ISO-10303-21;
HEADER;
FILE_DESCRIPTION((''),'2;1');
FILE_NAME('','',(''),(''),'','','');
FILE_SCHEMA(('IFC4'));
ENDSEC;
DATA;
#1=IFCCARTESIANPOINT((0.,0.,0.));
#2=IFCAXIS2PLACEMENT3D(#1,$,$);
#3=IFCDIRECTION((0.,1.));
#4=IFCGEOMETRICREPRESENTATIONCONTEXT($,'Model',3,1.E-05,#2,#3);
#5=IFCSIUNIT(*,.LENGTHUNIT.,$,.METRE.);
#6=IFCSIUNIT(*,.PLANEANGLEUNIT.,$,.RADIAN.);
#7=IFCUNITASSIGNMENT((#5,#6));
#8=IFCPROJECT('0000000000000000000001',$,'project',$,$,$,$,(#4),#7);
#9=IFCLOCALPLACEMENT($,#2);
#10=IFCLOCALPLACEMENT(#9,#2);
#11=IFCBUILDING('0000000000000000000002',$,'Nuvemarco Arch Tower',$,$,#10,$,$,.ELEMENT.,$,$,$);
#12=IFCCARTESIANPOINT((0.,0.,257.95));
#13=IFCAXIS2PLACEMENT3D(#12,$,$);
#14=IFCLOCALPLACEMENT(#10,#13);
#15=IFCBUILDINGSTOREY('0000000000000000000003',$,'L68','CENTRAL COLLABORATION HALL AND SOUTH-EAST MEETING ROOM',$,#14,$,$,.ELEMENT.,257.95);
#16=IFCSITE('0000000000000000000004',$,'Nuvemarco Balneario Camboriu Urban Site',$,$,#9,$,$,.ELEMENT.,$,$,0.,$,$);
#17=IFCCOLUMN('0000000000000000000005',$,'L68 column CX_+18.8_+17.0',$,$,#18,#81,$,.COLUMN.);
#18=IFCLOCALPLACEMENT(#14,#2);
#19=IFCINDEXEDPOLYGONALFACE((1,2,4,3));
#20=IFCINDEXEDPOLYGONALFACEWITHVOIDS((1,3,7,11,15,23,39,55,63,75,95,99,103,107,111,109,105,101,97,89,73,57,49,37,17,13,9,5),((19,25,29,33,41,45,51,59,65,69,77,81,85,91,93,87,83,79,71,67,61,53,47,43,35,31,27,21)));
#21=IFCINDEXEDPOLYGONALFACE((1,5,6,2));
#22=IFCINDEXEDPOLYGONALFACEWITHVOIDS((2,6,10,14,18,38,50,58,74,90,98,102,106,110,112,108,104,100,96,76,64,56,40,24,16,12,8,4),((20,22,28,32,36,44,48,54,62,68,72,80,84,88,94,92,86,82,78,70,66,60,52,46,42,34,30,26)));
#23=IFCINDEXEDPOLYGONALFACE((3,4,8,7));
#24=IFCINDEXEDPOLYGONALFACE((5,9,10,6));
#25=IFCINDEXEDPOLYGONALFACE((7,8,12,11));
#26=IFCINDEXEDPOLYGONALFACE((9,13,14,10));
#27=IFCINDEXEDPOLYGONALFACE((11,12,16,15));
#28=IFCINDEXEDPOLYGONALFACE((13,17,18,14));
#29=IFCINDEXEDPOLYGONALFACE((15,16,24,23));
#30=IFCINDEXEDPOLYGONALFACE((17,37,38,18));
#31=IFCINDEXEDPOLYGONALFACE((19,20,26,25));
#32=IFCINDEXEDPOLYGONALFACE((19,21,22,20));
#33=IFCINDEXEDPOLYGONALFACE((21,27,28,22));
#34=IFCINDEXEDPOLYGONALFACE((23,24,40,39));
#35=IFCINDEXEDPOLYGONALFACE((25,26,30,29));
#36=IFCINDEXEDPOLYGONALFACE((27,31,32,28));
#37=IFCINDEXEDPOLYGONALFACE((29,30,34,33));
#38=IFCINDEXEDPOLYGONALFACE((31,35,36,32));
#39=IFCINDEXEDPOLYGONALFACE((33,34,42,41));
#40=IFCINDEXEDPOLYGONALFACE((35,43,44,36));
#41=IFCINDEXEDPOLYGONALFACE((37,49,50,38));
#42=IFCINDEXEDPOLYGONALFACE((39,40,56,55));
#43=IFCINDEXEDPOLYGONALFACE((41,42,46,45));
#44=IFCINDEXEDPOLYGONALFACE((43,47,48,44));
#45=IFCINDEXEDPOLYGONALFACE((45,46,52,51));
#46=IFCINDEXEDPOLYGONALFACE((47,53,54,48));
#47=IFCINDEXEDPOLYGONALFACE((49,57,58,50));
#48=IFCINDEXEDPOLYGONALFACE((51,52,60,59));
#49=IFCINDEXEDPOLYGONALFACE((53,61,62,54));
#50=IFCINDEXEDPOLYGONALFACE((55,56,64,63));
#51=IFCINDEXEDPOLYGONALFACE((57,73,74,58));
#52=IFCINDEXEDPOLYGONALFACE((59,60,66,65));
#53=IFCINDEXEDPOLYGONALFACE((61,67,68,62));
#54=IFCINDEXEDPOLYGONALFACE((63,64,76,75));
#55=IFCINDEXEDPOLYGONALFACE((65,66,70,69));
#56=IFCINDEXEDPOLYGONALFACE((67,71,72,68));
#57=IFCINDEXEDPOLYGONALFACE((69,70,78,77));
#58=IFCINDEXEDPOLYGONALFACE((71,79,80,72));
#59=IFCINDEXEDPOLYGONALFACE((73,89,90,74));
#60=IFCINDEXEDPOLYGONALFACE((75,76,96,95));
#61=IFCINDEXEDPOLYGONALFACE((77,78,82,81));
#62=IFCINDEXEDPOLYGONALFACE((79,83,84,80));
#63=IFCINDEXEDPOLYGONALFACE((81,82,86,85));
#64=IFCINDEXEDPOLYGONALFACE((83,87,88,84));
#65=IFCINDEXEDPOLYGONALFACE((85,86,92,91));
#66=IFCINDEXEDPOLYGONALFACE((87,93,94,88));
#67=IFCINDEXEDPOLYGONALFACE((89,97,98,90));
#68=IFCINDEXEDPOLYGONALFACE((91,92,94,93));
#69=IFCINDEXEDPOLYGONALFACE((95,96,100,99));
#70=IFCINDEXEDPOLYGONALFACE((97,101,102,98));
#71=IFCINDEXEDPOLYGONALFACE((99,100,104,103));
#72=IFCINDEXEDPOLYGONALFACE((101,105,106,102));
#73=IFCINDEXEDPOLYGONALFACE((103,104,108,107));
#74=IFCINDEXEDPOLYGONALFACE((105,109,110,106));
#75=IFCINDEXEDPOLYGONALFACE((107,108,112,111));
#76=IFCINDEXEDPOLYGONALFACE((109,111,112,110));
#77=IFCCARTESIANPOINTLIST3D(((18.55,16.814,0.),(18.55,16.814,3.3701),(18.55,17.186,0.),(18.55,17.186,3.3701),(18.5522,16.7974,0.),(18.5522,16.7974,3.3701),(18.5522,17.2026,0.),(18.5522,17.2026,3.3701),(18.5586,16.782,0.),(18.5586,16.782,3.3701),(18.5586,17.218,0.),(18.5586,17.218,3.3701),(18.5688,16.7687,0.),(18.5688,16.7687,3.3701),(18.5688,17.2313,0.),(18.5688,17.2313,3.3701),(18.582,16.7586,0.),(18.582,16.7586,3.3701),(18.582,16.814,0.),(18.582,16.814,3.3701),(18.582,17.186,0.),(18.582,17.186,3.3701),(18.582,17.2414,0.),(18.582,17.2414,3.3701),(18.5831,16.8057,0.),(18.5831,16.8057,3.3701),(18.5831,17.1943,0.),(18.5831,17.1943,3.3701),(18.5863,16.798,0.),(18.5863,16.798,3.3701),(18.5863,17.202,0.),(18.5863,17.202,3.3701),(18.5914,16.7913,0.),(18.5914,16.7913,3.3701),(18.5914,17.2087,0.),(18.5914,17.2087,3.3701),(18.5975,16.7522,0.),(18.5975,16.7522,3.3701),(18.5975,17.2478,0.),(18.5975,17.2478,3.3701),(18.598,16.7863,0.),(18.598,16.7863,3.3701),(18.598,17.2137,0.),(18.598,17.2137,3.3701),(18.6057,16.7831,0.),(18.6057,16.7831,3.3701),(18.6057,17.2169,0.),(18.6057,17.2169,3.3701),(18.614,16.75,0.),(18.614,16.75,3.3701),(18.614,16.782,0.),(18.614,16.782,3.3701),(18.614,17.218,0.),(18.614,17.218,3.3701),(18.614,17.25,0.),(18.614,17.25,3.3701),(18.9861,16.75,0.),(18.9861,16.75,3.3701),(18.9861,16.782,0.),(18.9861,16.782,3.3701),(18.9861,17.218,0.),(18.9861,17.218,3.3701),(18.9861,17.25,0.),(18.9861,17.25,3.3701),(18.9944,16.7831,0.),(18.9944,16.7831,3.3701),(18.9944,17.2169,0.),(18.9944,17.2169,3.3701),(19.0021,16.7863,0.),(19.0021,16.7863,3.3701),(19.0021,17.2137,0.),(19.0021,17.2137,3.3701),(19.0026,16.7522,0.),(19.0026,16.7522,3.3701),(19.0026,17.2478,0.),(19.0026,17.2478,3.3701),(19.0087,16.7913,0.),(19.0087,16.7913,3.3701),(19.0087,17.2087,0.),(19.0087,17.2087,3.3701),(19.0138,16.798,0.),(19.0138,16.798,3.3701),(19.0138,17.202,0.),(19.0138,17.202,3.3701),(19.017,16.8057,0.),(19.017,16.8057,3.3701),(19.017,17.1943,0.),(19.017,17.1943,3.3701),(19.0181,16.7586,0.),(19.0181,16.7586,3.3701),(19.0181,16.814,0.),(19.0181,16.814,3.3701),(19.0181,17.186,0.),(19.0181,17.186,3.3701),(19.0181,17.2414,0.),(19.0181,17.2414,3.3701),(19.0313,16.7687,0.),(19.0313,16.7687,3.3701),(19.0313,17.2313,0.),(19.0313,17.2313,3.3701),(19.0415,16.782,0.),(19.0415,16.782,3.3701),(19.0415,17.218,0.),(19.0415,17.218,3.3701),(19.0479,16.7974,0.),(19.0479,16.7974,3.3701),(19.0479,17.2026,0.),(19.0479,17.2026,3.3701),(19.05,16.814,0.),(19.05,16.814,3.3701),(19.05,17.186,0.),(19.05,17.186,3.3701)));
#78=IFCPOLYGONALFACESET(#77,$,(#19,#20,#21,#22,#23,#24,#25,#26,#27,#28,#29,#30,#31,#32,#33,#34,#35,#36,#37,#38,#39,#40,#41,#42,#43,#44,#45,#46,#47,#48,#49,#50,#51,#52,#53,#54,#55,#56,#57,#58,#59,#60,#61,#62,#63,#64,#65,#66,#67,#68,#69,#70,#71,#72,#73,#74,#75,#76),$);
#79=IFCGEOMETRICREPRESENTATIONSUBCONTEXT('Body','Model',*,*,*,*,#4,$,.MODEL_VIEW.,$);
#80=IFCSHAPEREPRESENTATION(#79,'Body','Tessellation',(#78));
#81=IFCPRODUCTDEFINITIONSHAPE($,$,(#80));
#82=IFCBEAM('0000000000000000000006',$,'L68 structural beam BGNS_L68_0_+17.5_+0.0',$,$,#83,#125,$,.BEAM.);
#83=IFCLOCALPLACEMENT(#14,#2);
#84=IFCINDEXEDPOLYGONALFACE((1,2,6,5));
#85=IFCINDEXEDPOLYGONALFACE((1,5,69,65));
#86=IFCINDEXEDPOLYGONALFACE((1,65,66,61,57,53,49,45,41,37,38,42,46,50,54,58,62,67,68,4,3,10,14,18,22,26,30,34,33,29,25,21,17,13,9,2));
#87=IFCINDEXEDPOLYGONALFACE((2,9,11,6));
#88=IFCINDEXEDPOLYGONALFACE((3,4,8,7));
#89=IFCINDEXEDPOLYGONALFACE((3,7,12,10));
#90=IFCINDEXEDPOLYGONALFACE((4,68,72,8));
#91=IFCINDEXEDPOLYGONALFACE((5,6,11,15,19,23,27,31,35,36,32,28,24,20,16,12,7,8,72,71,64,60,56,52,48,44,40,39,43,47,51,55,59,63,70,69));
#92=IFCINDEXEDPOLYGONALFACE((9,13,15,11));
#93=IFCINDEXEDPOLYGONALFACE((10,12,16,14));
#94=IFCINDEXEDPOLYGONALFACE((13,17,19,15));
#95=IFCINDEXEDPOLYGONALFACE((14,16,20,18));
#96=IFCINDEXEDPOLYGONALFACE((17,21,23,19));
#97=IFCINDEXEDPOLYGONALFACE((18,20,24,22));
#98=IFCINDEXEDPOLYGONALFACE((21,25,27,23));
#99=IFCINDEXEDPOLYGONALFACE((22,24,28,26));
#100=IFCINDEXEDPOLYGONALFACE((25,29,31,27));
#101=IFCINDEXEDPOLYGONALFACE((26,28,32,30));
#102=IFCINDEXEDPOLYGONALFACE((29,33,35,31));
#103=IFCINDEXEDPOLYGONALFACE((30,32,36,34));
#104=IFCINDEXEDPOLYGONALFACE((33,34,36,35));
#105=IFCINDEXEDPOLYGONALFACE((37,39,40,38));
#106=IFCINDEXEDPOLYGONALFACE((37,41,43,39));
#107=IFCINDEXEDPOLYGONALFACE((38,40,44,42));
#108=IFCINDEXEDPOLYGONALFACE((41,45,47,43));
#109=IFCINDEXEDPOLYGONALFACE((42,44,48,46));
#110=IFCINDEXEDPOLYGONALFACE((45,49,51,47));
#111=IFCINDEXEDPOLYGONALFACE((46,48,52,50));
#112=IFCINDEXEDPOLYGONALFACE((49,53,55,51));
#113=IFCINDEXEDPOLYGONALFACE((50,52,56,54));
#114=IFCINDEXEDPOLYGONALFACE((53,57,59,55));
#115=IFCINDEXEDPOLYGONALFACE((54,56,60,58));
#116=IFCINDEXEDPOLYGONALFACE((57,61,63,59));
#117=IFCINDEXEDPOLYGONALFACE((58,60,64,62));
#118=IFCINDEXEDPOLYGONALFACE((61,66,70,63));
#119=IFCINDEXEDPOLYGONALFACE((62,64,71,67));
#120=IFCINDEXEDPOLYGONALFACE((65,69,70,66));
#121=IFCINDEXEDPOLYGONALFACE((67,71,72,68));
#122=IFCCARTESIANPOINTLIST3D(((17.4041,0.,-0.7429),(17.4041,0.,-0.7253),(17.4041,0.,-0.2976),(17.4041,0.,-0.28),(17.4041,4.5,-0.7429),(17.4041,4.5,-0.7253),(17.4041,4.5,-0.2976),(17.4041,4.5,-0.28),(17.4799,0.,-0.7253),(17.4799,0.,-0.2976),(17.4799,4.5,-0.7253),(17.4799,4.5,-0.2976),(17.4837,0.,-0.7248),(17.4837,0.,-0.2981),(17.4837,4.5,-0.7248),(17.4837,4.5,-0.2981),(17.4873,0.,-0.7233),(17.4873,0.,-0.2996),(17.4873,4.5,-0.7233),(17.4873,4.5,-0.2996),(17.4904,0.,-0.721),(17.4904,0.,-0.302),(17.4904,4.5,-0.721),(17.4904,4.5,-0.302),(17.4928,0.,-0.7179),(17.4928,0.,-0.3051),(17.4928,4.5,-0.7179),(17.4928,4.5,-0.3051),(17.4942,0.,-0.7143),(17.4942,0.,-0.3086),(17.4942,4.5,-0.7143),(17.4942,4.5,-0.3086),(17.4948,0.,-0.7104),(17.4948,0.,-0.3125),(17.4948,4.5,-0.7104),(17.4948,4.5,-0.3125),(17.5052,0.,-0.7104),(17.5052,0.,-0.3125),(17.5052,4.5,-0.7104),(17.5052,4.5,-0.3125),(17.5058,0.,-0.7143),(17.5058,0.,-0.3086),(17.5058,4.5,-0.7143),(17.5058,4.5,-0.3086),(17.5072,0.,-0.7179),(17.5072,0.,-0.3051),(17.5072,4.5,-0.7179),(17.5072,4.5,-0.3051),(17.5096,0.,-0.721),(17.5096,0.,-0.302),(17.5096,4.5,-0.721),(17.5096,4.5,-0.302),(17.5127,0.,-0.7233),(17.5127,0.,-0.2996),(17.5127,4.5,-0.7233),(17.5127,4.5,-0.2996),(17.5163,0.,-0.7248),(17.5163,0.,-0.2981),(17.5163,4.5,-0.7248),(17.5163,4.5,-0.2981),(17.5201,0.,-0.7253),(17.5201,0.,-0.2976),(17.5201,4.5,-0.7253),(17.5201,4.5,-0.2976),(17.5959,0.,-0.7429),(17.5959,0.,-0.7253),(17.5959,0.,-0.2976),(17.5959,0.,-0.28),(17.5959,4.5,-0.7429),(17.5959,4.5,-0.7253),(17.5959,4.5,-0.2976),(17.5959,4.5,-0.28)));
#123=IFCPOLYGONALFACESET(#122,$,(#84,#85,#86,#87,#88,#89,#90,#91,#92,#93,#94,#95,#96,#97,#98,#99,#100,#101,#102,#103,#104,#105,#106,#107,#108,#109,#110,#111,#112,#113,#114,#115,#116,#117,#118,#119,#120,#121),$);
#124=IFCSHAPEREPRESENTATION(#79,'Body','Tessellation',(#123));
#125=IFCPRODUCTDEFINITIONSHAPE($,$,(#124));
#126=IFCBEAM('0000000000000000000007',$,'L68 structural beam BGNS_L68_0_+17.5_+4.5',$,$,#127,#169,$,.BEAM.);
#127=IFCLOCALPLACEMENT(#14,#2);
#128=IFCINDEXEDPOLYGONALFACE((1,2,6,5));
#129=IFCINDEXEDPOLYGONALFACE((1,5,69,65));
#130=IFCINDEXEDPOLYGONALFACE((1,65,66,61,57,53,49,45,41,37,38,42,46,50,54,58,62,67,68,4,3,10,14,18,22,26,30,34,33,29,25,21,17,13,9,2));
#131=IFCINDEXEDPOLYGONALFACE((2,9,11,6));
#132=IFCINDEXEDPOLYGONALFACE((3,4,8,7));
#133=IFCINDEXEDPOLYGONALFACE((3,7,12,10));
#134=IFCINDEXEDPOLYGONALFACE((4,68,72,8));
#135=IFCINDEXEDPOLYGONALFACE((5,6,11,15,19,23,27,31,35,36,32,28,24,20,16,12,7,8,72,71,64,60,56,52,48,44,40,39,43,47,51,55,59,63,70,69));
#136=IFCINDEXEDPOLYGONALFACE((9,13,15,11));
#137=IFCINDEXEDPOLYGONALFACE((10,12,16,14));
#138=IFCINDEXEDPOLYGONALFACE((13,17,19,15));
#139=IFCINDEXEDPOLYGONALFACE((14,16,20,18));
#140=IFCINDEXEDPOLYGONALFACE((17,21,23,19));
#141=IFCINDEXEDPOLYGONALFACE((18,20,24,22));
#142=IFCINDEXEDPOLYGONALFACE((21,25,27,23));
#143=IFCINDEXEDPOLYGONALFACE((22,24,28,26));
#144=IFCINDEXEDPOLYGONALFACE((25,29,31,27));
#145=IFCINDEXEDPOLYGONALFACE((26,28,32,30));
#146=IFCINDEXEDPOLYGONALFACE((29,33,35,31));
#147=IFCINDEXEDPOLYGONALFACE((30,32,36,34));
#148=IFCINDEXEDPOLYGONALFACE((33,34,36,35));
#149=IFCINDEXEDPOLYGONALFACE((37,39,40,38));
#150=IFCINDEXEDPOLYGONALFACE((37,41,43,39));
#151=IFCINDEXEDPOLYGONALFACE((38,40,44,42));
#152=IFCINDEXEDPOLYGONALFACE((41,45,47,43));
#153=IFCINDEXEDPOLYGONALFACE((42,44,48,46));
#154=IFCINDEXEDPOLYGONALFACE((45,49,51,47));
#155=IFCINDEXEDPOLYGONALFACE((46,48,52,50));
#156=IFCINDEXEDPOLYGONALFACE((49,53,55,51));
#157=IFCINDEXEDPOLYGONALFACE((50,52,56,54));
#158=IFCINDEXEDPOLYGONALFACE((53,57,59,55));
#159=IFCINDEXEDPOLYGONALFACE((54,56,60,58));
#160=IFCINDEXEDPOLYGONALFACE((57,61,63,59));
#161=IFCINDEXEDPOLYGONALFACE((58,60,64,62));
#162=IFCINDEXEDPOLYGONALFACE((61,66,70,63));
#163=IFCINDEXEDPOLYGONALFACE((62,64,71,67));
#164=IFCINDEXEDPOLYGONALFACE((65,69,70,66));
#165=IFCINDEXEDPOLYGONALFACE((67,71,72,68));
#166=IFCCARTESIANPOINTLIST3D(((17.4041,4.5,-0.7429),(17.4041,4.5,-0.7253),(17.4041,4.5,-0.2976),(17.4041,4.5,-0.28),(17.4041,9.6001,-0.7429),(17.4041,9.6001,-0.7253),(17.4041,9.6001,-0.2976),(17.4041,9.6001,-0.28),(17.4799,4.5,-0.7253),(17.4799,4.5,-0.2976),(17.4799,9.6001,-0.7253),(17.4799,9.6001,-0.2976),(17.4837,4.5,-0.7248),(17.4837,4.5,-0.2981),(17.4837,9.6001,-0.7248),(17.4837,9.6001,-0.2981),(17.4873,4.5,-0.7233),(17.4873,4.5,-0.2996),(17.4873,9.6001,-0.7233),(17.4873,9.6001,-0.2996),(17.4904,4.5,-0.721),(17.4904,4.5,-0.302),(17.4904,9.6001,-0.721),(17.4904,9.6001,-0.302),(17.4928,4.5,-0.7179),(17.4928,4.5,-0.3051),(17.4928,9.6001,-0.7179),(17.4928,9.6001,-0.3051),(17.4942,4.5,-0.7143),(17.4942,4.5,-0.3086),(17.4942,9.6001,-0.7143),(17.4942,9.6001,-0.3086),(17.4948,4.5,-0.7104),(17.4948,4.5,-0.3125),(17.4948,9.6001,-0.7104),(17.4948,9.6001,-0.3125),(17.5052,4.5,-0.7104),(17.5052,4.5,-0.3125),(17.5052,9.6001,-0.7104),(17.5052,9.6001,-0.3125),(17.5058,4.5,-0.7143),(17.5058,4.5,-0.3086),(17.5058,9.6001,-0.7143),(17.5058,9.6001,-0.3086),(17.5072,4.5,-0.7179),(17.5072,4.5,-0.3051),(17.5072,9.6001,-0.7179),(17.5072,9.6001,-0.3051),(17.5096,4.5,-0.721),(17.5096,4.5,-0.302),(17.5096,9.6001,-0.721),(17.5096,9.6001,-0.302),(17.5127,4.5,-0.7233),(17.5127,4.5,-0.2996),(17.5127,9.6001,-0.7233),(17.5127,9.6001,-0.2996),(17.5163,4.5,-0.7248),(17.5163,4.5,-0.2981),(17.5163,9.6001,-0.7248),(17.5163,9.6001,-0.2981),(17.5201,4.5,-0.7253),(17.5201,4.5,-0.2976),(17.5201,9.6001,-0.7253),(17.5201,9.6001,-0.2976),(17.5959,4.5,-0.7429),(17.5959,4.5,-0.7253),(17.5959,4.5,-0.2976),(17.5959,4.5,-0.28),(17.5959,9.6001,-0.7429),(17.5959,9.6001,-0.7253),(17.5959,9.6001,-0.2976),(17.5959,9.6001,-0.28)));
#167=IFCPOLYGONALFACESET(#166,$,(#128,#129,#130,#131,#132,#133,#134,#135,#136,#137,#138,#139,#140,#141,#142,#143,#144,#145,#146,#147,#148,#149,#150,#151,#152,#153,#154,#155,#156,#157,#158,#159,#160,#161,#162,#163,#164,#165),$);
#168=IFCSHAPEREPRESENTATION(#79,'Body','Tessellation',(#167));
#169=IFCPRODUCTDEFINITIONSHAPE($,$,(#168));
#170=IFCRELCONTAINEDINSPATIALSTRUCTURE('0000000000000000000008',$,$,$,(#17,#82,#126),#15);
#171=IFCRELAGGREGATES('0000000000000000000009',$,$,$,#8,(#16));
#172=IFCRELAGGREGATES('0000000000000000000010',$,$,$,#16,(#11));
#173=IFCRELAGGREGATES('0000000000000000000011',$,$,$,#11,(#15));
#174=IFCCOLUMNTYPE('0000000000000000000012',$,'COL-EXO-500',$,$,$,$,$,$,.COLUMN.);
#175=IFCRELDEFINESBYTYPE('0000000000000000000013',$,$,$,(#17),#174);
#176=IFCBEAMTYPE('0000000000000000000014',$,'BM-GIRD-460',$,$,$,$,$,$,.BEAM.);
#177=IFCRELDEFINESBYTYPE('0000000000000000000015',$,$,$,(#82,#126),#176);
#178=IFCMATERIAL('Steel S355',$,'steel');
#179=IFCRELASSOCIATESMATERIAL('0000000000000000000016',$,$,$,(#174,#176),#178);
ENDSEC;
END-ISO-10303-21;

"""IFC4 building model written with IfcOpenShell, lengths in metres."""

from ifc_helpers import new_model, si_unit, direction, frame, origin, origin_2d, place, context, subcontext, project, spatial, hollow_rectangle, i_section, extrude, material, material_profile, profile_set, type_object, element, save


model = new_model("IFC4")

# Units and contexts
model_context = context("Model", 3, precision=1e-05, world=origin(), true_north=direction((0.0, 1.0)))
body_context = subcontext(model_context, "Body", "Model", "MODEL_VIEW")
ifc_project = project(units=[si_unit("LENGTHUNIT", "METRE"), si_unit("PLANEANGLEUNIT", "RADIAN")], contexts=[model_context])

# Site, building, storey
site_placement = place(None, origin())
site = spatial("IfcSite", under=ifc_project, at=site_placement, Name="Nuvemarco Balneario Camboriu Urban Site", CompositionType="ELEMENT", RefElevation=0.0)
building_placement = place(site_placement, origin())
building = spatial("IfcBuilding", under=site, at=building_placement, Name="Nuvemarco Arch Tower", CompositionType="ELEMENT")
storey_placement = place(building_placement, frame((0.0, 0.0, 257.95)))
storey = spatial("IfcBuildingStorey", under=building, at=storey_placement, Name="L68", Description="CENTRAL COLLABORATION HALL AND SOUTH-EAST MEETING ROOM", CompositionType="ELEMENT", Elevation=257.95)

# Column
ifc_material_1 = material(Name="Steel S355", Category="steel")
ifc_material_profile_1 = material_profile(ifc_material_1, hollow_rectangle(XDim=0.5, YDim=0.5, WallThickness=0.032, InnerFilletRadius=0.032, OuterFilletRadius=0.064, at=origin_2d()), Name="SHS500x500x32")
ifc_profile_set_1 = profile_set([ifc_material_profile_1], Name="Steel S355")
column_type_1 = type_object("IfcColumnType", Name="COL-EXO-500", PredefinedType="COLUMN", material=ifc_profile_set_1)
for number, where, z_axis, x_axis, name in (
    (1, (18.8, 17.0, 0.0), (0.0, 0.0, 1.0), (1.0, 0.0, 0.0), "L68 column CX_+18.8_+17.0"),
):
    element("IfcColumn", number, at=place(storey_placement, frame(where, z_axis=z_axis, x_axis=x_axis)), inside=storey, type_object=column_type_1, Name=name, PredefinedType="COLUMN", context=body_context, shape_type="SweptSolid", body=[
        extrude(hollow_rectangle(XDim=0.5, YDim=0.5, WallThickness=0.032, InnerFilletRadius=0.032, OuterFilletRadius=0.064, at=origin_2d()), origin(), (0.0, 0.0, 1.0), 3.3701),
    ])

# Beams
ifc_material_profile_2 = material_profile(ifc_material_1, i_section(OverallWidth=0.1919, OverallDepth=0.4629, WebThickness=0.0105, FlangeThickness=0.0176, FilletRadius=0.0149, at=origin_2d()), Name="W460x89")
ifc_profile_set_2 = profile_set([ifc_material_profile_2], Name="Steel S355")
beam_type_1 = type_object("IfcBeamType", Name="BM-GIRD-460", PredefinedType="BEAM", material=ifc_profile_set_2)
beam_1_placement = place(storey_placement, frame((17.5, 0.0, -0.5115), z_axis=(0.0, 1.0, 0.0), x_axis=(-1.0, 0.0, 0.0)))
element("IfcBeam", 2, at=beam_1_placement, inside=storey, type_object=beam_type_1, Name="L68 structural beam BGNS_L68_0_+17.5_+0.0", PredefinedType="BEAM", context=body_context, shape_type="SweptSolid", body=[
    extrude(i_section(OverallWidth=0.1919, OverallDepth=0.4629, WebThickness=0.0105, FlangeThickness=0.0176, FilletRadius=0.0149, at=origin_2d()), origin(), (0.0, 0.0, 1.0), 4.5),
])
beam_2_placement = place(storey_placement, frame((17.5, 4.5, -0.5115), z_axis=(0.0, 1.0, 0.0), x_axis=(-1.0, 0.0, 0.0)))
element("IfcBeam", 3, at=beam_2_placement, inside=storey, type_object=beam_type_1, Name="L68 structural beam BGNS_L68_0_+17.5_+4.5", PredefinedType="BEAM", context=body_context, shape_type="SweptSolid", body=[
    extrude(i_section(OverallWidth=0.1919, OverallDepth=0.4629, WebThickness=0.0105, FlangeThickness=0.0176, FilletRadius=0.0149, at=origin_2d()), origin(), (0.0, 0.0, 1.0), 5.1001),
])

save(model, "model.ifc")
